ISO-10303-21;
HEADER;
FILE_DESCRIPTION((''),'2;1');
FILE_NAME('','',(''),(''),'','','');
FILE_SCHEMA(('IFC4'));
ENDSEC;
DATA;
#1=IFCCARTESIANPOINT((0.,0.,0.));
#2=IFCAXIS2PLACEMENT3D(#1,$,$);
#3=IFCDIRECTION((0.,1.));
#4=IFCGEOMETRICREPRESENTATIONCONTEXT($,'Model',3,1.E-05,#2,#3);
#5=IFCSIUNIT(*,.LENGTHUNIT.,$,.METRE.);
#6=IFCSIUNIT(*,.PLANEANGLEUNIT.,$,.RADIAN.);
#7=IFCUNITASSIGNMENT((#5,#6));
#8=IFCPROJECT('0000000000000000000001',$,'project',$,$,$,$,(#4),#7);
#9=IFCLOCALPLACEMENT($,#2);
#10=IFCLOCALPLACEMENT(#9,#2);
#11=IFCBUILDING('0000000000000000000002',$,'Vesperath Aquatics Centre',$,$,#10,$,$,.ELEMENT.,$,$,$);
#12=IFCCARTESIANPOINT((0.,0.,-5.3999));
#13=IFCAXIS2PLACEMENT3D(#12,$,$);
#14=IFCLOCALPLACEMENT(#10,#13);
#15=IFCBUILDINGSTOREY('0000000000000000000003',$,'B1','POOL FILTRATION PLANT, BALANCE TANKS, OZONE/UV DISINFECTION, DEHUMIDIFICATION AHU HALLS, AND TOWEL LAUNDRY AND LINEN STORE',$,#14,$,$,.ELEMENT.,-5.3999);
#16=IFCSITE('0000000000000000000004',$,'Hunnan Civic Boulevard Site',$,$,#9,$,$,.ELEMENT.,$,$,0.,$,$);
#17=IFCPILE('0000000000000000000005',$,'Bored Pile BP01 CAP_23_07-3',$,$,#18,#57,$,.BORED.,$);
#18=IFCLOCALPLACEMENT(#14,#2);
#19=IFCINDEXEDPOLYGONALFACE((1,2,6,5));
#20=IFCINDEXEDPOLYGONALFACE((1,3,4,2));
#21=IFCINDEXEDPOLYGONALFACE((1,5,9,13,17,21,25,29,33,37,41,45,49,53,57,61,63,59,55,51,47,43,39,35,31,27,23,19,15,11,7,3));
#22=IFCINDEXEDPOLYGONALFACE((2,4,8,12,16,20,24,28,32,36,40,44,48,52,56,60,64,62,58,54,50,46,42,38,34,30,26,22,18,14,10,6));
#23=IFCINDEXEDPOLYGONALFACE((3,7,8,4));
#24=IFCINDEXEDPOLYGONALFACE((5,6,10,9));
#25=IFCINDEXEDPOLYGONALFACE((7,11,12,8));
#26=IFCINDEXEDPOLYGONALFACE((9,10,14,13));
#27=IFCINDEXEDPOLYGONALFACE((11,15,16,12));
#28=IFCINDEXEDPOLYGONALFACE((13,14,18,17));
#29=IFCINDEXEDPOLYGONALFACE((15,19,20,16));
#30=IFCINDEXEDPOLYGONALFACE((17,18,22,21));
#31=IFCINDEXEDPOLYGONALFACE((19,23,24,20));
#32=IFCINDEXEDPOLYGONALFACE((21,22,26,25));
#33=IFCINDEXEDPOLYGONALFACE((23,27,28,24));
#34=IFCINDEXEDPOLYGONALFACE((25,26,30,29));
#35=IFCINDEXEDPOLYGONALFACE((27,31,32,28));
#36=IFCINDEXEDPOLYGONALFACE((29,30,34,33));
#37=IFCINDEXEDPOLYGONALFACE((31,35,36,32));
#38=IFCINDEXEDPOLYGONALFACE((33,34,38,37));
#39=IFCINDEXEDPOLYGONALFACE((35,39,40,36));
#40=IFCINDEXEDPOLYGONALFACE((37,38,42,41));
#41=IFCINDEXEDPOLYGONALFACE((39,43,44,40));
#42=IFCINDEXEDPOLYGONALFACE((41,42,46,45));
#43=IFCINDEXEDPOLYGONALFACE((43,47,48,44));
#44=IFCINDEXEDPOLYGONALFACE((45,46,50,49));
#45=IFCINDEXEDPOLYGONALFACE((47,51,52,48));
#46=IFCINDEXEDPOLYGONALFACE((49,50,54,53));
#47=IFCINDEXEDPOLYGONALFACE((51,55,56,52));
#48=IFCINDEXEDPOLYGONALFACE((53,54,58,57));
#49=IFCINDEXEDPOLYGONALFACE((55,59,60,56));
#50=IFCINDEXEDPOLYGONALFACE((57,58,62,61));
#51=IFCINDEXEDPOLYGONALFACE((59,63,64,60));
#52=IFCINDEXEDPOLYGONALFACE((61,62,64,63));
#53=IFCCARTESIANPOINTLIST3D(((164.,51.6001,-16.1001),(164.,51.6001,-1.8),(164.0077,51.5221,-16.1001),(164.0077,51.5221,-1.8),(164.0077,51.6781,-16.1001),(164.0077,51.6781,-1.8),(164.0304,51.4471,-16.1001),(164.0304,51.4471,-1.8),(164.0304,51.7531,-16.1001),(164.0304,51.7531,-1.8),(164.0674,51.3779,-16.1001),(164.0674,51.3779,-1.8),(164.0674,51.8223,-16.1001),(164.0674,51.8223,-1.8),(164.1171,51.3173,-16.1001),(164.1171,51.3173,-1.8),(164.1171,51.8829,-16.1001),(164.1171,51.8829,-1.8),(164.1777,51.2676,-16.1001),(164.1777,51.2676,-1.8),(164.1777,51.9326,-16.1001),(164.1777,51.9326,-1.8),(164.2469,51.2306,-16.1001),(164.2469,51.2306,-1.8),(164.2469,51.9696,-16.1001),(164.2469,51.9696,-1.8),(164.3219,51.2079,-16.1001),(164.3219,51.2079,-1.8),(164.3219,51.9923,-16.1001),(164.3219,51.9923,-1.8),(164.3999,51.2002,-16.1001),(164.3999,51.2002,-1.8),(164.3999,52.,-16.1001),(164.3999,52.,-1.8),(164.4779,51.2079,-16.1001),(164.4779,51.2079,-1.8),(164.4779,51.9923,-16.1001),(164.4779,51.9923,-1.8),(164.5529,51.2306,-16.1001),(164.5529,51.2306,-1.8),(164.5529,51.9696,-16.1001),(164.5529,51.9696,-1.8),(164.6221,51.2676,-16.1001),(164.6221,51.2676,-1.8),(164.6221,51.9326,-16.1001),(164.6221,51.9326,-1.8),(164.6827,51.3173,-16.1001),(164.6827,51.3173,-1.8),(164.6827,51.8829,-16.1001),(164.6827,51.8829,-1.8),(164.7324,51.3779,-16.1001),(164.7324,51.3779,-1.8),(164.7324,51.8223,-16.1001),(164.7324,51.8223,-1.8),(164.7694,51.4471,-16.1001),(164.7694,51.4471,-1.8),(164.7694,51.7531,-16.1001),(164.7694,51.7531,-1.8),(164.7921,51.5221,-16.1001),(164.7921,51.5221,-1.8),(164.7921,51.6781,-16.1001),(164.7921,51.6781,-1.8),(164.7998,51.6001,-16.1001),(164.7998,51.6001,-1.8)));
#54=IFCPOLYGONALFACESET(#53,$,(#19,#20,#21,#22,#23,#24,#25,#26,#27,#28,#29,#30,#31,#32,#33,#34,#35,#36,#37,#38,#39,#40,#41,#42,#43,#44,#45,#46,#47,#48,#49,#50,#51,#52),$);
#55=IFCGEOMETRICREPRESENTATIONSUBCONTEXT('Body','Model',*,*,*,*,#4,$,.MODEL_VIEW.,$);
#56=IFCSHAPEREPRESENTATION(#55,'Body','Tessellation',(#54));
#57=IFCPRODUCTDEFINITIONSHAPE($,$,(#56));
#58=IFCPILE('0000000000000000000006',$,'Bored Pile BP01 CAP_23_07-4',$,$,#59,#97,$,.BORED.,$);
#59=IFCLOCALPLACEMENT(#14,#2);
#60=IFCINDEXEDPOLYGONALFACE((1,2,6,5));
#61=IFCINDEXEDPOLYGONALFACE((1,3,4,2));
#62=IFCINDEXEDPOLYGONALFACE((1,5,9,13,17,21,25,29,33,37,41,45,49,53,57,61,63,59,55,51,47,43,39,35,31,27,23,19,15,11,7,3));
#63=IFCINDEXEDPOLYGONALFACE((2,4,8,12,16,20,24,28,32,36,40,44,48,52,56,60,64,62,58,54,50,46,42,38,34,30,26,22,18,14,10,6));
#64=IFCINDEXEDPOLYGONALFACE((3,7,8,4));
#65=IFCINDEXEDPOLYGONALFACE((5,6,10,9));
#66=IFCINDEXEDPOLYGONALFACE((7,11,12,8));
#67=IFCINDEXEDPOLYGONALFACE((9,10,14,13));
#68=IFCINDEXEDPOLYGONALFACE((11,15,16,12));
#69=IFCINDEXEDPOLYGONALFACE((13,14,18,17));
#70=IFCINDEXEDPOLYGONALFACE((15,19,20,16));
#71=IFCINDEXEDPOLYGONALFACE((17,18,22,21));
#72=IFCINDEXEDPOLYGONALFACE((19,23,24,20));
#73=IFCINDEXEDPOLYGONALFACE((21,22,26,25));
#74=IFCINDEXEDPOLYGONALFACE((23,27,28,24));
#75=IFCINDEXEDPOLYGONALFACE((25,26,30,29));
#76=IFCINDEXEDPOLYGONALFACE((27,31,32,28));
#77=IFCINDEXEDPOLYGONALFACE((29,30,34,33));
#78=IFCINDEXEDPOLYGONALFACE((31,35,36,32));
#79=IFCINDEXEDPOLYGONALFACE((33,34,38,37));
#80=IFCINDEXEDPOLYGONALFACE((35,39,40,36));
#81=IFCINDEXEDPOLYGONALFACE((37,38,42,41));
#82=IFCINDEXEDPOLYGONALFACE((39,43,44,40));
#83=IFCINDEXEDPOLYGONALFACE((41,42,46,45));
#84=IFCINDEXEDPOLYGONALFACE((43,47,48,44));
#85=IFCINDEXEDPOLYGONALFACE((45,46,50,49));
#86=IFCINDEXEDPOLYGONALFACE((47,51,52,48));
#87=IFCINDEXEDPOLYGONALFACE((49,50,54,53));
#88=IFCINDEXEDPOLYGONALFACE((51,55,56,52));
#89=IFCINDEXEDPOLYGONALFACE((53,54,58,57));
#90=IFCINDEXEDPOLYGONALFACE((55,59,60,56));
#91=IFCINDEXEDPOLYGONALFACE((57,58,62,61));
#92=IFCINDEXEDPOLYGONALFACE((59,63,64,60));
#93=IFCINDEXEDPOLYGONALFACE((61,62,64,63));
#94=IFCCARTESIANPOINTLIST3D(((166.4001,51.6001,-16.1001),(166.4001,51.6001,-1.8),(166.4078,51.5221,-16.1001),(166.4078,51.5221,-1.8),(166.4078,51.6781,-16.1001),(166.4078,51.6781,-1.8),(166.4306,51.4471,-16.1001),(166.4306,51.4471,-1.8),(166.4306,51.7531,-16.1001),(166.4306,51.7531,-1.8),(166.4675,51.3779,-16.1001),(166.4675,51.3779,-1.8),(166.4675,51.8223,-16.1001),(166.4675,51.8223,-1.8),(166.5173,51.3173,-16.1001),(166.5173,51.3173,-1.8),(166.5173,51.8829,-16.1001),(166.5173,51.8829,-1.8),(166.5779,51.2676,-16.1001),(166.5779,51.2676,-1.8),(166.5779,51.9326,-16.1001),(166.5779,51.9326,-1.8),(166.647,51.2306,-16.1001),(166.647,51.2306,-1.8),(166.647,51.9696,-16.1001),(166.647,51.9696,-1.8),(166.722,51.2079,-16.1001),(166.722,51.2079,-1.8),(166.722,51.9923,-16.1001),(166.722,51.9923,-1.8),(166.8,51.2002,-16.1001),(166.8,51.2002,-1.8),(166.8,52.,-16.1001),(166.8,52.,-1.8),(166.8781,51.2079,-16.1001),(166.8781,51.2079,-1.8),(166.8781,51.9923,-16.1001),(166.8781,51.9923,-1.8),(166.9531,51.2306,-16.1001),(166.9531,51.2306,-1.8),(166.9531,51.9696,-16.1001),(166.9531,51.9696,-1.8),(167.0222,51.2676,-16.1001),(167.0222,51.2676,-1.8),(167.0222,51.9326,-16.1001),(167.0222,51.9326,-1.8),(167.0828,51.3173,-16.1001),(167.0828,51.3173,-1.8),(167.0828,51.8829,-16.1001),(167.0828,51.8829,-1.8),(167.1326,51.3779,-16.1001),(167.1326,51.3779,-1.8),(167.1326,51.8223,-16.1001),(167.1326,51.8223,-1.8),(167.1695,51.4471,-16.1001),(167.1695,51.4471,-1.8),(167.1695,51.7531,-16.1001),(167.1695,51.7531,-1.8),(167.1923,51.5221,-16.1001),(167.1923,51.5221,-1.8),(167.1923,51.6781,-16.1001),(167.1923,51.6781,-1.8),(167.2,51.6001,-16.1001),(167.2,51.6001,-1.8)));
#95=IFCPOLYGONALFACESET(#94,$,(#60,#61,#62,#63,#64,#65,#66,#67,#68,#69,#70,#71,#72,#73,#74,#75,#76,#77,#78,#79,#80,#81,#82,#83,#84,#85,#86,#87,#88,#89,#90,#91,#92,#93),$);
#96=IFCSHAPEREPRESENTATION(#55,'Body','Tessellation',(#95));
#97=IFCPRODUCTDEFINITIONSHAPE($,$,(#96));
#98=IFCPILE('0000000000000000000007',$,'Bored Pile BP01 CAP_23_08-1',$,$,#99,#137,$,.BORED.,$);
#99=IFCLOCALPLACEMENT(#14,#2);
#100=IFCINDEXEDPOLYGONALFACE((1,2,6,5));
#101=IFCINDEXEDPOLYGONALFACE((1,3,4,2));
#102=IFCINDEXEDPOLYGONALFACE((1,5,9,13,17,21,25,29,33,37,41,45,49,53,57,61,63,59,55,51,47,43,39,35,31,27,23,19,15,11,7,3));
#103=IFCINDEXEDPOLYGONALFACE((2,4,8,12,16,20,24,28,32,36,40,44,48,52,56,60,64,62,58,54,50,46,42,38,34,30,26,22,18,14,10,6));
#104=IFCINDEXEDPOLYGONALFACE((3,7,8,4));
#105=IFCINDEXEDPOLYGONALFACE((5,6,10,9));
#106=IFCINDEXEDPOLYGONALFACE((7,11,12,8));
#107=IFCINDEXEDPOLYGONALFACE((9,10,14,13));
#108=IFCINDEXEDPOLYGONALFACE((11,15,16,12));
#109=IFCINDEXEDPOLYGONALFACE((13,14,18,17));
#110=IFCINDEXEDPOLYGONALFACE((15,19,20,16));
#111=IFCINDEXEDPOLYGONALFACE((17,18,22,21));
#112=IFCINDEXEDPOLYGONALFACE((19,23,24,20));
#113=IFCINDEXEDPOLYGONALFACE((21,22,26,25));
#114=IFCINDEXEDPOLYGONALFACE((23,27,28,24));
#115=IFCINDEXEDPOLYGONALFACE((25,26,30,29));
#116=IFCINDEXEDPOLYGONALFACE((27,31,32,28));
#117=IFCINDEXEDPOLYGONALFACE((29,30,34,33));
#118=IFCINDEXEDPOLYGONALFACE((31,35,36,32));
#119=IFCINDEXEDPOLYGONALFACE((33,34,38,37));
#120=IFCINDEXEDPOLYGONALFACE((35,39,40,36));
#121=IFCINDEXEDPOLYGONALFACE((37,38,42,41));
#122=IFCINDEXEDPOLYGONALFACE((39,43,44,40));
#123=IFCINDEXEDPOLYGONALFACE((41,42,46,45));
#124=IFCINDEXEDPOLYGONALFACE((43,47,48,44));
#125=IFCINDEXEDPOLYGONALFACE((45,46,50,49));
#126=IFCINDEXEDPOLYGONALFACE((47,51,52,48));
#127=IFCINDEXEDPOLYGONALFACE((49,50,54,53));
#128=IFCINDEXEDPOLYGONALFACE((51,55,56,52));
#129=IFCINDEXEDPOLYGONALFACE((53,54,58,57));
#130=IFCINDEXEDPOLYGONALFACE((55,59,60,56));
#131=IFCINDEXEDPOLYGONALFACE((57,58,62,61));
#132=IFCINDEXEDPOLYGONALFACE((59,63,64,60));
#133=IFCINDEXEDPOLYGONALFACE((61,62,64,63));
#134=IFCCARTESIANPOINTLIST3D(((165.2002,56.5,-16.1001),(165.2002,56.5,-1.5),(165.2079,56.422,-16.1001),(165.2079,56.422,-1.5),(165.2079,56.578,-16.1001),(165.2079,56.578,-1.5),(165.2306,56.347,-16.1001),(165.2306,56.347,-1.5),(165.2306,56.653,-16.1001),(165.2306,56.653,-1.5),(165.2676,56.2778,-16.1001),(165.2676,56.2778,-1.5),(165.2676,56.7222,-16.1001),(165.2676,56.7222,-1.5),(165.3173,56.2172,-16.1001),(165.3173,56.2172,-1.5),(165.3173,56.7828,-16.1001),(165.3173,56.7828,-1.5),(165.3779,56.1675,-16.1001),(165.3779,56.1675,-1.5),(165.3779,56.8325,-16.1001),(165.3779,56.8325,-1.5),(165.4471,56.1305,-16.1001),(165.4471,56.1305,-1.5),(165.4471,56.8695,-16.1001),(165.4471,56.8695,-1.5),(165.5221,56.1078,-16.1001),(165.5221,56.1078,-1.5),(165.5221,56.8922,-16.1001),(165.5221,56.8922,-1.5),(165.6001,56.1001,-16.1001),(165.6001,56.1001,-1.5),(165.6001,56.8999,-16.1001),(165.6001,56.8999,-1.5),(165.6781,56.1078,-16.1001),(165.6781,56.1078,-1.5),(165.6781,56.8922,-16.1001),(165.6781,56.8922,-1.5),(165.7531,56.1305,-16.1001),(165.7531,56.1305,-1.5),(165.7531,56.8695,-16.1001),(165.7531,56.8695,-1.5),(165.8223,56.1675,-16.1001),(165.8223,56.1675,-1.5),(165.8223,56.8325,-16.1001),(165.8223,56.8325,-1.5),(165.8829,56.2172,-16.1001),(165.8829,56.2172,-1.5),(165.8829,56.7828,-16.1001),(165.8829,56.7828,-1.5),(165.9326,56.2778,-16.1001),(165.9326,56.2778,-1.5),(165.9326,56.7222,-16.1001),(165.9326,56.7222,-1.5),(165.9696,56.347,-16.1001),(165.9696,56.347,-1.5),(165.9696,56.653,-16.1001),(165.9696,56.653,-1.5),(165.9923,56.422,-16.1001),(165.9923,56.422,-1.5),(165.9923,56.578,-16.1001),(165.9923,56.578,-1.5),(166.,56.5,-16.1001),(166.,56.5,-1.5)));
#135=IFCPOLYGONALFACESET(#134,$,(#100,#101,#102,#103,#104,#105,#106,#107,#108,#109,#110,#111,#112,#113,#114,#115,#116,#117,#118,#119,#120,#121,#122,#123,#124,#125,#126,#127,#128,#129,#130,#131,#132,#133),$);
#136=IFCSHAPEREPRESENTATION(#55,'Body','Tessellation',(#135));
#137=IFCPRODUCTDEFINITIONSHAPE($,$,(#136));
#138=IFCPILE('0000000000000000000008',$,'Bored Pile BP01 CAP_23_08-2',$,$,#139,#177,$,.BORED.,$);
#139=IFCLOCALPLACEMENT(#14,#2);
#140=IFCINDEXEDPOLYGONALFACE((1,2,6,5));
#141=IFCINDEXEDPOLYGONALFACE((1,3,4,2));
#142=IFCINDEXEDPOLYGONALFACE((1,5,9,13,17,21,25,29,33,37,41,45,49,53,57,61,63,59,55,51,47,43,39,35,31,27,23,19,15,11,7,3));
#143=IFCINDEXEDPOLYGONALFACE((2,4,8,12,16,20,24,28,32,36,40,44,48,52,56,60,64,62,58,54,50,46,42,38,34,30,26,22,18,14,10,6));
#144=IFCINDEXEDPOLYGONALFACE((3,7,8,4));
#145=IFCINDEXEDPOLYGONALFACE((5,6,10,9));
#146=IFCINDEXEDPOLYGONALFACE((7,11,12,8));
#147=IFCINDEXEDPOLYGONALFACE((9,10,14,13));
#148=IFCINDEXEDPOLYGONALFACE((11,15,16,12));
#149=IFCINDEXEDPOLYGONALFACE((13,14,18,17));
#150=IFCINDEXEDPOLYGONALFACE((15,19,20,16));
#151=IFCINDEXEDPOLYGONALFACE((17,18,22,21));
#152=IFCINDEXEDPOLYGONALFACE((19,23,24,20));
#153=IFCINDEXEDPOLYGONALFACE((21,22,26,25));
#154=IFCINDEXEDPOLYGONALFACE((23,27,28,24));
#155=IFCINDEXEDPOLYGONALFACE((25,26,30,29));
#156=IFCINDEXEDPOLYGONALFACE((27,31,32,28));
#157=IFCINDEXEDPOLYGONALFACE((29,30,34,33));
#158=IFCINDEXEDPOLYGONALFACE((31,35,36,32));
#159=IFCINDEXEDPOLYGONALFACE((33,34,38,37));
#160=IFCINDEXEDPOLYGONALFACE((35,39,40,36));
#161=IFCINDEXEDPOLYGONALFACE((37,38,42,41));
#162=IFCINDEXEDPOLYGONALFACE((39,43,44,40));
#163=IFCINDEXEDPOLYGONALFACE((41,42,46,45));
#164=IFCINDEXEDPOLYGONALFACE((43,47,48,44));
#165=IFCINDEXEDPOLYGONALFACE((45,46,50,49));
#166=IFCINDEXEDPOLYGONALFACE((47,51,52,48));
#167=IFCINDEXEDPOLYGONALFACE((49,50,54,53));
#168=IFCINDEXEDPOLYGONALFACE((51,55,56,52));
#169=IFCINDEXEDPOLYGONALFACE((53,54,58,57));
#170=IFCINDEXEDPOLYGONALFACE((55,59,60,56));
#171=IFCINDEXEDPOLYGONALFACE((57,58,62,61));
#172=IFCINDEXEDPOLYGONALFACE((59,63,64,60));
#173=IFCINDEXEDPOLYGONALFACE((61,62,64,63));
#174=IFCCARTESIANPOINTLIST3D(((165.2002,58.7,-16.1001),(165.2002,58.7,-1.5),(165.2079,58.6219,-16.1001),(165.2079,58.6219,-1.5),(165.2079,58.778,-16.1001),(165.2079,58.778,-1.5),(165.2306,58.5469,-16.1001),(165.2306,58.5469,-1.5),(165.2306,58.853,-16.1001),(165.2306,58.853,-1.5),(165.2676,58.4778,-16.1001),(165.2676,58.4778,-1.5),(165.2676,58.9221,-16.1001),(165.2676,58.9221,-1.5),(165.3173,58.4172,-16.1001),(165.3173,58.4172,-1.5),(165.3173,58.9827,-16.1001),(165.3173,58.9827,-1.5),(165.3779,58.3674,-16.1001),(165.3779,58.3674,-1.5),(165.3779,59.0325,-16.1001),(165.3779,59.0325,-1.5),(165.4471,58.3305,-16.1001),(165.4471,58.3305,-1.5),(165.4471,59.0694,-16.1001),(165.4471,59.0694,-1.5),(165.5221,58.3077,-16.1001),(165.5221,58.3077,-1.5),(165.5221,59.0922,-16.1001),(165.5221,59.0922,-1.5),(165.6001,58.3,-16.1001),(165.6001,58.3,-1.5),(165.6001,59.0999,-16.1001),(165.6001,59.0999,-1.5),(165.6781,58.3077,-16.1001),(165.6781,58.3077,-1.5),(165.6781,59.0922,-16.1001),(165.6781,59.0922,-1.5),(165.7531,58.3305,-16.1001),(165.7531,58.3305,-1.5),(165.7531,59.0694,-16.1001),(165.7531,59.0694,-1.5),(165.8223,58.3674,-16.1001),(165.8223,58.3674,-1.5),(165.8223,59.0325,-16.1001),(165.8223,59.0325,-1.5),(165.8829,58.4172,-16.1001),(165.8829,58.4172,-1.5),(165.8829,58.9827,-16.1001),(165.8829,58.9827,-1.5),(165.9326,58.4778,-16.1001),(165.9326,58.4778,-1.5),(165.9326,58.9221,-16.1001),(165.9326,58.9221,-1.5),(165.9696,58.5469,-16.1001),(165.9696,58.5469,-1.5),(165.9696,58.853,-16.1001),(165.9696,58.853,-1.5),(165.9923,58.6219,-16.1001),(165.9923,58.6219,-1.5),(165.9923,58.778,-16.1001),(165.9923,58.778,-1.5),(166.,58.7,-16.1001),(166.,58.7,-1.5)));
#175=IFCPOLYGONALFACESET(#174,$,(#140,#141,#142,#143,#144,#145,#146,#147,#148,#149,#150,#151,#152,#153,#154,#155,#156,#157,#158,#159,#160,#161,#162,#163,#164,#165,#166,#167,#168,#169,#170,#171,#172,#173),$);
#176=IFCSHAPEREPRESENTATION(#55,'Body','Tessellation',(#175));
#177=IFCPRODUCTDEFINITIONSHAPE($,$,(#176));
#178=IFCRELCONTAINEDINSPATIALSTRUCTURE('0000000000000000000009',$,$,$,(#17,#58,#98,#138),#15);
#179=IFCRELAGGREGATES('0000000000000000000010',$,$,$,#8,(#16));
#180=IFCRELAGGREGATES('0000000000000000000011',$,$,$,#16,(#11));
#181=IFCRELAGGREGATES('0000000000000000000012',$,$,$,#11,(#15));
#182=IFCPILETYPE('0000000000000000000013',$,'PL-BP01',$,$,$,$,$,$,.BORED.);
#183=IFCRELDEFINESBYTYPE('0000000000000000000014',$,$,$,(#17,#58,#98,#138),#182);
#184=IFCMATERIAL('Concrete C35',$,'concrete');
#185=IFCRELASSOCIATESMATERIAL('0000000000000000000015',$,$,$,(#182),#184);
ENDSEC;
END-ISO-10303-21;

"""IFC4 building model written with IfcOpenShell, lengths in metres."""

from ifc_helpers import new_model, si_unit, direction, frame, origin, origin_2d, place, context, subcontext, project, spatial, circle, extrude, material, material_profile, profile_set, type_object, element, save


model = new_model("IFC4")

# Units and contexts
model_context = context("Model", 3, precision=1e-05, world=origin(), true_north=direction((0.0, 1.0)))
body_context = subcontext(model_context, "Body", "Model", "MODEL_VIEW")
ifc_project = project(units=[si_unit("LENGTHUNIT", "METRE"), si_unit("PLANEANGLEUNIT", "RADIAN")], contexts=[model_context])

# Site, building, storey
site_placement = place(None, origin())
site = spatial("IfcSite", under=ifc_project, at=site_placement, Name="Hunnan Civic Boulevard Site", CompositionType="ELEMENT", RefElevation=0.0)
building_placement = place(site_placement, origin())
building = spatial("IfcBuilding", under=site, at=building_placement, Name="Vesperath Aquatics Centre", CompositionType="ELEMENT")
storey_placement = place(building_placement, frame((0.0, 0.0, -5.3999)))
storey = spatial("IfcBuildingStorey", under=building, at=storey_placement, Name="B1", Description="POOL FILTRATION PLANT, BALANCE TANKS, OZONE/UV DISINFECTION, DEHUMIDIFICATION AHU HALLS, AND TOWEL LAUNDRY AND LINEN STORE", CompositionType="ELEMENT", Elevation=-5.3999)

# Piles
ifc_material_1 = material(Name="Concrete C35", Category="concrete")
ifc_material_profile_1 = material_profile(ifc_material_1, circle(Radius=0.3999, at=origin_2d()), Name="PILE D800")
ifc_profile_set_1 = profile_set([ifc_material_profile_1], Name="Concrete C35")
pile_type = type_object("IfcPileType", Name="PL-BP01", PredefinedType="BORED", material=ifc_profile_set_1)
for number, where, z_axis, x_axis, name in (
    (1, (164.3999, 51.6001, -1.8), (0.0, 0.0, -1.0), (1.0, 0.0, 0.0), "Bored Pile BP01 CAP_23_07-3"),
    (2, (166.8, 51.6001, -1.8), (0.0, 0.0, -1.0), (1.0, 0.0, 0.0), "Bored Pile BP01 CAP_23_07-4"),
):
    element("IfcPile", number, at=place(storey_placement, frame(where, z_axis=z_axis, x_axis=x_axis)), inside=storey, type_object=pile_type, Name=name, PredefinedType="BORED", context=body_context, shape_type="SweptSolid", body=[
        extrude(circle(Radius=0.3999, at=origin_2d()), origin(), (0.0, 0.0, 1.0), 14.3),
    ])
for number, where, z_axis, x_axis, name in (
    (3, (165.6001, 56.5, -1.5), (0.0, 0.0, -1.0), (1.0, 0.0, 0.0), "Bored Pile BP01 CAP_23_08-1"),
    (4, (165.6001, 58.7, -1.5), (0.0, 0.0, -1.0), (1.0, 0.0, 0.0), "Bored Pile BP01 CAP_23_08-2"),
):
    element("IfcPile", number, at=place(storey_placement, frame(where, z_axis=z_axis, x_axis=x_axis)), inside=storey, type_object=pile_type, Name=name, PredefinedType="BORED", context=body_context, shape_type="SweptSolid", body=[
        extrude(circle(Radius=0.3999, at=origin_2d()), origin(), (0.0, 0.0, 1.0), 14.6001),
    ])

save(model, "model.ifc")
